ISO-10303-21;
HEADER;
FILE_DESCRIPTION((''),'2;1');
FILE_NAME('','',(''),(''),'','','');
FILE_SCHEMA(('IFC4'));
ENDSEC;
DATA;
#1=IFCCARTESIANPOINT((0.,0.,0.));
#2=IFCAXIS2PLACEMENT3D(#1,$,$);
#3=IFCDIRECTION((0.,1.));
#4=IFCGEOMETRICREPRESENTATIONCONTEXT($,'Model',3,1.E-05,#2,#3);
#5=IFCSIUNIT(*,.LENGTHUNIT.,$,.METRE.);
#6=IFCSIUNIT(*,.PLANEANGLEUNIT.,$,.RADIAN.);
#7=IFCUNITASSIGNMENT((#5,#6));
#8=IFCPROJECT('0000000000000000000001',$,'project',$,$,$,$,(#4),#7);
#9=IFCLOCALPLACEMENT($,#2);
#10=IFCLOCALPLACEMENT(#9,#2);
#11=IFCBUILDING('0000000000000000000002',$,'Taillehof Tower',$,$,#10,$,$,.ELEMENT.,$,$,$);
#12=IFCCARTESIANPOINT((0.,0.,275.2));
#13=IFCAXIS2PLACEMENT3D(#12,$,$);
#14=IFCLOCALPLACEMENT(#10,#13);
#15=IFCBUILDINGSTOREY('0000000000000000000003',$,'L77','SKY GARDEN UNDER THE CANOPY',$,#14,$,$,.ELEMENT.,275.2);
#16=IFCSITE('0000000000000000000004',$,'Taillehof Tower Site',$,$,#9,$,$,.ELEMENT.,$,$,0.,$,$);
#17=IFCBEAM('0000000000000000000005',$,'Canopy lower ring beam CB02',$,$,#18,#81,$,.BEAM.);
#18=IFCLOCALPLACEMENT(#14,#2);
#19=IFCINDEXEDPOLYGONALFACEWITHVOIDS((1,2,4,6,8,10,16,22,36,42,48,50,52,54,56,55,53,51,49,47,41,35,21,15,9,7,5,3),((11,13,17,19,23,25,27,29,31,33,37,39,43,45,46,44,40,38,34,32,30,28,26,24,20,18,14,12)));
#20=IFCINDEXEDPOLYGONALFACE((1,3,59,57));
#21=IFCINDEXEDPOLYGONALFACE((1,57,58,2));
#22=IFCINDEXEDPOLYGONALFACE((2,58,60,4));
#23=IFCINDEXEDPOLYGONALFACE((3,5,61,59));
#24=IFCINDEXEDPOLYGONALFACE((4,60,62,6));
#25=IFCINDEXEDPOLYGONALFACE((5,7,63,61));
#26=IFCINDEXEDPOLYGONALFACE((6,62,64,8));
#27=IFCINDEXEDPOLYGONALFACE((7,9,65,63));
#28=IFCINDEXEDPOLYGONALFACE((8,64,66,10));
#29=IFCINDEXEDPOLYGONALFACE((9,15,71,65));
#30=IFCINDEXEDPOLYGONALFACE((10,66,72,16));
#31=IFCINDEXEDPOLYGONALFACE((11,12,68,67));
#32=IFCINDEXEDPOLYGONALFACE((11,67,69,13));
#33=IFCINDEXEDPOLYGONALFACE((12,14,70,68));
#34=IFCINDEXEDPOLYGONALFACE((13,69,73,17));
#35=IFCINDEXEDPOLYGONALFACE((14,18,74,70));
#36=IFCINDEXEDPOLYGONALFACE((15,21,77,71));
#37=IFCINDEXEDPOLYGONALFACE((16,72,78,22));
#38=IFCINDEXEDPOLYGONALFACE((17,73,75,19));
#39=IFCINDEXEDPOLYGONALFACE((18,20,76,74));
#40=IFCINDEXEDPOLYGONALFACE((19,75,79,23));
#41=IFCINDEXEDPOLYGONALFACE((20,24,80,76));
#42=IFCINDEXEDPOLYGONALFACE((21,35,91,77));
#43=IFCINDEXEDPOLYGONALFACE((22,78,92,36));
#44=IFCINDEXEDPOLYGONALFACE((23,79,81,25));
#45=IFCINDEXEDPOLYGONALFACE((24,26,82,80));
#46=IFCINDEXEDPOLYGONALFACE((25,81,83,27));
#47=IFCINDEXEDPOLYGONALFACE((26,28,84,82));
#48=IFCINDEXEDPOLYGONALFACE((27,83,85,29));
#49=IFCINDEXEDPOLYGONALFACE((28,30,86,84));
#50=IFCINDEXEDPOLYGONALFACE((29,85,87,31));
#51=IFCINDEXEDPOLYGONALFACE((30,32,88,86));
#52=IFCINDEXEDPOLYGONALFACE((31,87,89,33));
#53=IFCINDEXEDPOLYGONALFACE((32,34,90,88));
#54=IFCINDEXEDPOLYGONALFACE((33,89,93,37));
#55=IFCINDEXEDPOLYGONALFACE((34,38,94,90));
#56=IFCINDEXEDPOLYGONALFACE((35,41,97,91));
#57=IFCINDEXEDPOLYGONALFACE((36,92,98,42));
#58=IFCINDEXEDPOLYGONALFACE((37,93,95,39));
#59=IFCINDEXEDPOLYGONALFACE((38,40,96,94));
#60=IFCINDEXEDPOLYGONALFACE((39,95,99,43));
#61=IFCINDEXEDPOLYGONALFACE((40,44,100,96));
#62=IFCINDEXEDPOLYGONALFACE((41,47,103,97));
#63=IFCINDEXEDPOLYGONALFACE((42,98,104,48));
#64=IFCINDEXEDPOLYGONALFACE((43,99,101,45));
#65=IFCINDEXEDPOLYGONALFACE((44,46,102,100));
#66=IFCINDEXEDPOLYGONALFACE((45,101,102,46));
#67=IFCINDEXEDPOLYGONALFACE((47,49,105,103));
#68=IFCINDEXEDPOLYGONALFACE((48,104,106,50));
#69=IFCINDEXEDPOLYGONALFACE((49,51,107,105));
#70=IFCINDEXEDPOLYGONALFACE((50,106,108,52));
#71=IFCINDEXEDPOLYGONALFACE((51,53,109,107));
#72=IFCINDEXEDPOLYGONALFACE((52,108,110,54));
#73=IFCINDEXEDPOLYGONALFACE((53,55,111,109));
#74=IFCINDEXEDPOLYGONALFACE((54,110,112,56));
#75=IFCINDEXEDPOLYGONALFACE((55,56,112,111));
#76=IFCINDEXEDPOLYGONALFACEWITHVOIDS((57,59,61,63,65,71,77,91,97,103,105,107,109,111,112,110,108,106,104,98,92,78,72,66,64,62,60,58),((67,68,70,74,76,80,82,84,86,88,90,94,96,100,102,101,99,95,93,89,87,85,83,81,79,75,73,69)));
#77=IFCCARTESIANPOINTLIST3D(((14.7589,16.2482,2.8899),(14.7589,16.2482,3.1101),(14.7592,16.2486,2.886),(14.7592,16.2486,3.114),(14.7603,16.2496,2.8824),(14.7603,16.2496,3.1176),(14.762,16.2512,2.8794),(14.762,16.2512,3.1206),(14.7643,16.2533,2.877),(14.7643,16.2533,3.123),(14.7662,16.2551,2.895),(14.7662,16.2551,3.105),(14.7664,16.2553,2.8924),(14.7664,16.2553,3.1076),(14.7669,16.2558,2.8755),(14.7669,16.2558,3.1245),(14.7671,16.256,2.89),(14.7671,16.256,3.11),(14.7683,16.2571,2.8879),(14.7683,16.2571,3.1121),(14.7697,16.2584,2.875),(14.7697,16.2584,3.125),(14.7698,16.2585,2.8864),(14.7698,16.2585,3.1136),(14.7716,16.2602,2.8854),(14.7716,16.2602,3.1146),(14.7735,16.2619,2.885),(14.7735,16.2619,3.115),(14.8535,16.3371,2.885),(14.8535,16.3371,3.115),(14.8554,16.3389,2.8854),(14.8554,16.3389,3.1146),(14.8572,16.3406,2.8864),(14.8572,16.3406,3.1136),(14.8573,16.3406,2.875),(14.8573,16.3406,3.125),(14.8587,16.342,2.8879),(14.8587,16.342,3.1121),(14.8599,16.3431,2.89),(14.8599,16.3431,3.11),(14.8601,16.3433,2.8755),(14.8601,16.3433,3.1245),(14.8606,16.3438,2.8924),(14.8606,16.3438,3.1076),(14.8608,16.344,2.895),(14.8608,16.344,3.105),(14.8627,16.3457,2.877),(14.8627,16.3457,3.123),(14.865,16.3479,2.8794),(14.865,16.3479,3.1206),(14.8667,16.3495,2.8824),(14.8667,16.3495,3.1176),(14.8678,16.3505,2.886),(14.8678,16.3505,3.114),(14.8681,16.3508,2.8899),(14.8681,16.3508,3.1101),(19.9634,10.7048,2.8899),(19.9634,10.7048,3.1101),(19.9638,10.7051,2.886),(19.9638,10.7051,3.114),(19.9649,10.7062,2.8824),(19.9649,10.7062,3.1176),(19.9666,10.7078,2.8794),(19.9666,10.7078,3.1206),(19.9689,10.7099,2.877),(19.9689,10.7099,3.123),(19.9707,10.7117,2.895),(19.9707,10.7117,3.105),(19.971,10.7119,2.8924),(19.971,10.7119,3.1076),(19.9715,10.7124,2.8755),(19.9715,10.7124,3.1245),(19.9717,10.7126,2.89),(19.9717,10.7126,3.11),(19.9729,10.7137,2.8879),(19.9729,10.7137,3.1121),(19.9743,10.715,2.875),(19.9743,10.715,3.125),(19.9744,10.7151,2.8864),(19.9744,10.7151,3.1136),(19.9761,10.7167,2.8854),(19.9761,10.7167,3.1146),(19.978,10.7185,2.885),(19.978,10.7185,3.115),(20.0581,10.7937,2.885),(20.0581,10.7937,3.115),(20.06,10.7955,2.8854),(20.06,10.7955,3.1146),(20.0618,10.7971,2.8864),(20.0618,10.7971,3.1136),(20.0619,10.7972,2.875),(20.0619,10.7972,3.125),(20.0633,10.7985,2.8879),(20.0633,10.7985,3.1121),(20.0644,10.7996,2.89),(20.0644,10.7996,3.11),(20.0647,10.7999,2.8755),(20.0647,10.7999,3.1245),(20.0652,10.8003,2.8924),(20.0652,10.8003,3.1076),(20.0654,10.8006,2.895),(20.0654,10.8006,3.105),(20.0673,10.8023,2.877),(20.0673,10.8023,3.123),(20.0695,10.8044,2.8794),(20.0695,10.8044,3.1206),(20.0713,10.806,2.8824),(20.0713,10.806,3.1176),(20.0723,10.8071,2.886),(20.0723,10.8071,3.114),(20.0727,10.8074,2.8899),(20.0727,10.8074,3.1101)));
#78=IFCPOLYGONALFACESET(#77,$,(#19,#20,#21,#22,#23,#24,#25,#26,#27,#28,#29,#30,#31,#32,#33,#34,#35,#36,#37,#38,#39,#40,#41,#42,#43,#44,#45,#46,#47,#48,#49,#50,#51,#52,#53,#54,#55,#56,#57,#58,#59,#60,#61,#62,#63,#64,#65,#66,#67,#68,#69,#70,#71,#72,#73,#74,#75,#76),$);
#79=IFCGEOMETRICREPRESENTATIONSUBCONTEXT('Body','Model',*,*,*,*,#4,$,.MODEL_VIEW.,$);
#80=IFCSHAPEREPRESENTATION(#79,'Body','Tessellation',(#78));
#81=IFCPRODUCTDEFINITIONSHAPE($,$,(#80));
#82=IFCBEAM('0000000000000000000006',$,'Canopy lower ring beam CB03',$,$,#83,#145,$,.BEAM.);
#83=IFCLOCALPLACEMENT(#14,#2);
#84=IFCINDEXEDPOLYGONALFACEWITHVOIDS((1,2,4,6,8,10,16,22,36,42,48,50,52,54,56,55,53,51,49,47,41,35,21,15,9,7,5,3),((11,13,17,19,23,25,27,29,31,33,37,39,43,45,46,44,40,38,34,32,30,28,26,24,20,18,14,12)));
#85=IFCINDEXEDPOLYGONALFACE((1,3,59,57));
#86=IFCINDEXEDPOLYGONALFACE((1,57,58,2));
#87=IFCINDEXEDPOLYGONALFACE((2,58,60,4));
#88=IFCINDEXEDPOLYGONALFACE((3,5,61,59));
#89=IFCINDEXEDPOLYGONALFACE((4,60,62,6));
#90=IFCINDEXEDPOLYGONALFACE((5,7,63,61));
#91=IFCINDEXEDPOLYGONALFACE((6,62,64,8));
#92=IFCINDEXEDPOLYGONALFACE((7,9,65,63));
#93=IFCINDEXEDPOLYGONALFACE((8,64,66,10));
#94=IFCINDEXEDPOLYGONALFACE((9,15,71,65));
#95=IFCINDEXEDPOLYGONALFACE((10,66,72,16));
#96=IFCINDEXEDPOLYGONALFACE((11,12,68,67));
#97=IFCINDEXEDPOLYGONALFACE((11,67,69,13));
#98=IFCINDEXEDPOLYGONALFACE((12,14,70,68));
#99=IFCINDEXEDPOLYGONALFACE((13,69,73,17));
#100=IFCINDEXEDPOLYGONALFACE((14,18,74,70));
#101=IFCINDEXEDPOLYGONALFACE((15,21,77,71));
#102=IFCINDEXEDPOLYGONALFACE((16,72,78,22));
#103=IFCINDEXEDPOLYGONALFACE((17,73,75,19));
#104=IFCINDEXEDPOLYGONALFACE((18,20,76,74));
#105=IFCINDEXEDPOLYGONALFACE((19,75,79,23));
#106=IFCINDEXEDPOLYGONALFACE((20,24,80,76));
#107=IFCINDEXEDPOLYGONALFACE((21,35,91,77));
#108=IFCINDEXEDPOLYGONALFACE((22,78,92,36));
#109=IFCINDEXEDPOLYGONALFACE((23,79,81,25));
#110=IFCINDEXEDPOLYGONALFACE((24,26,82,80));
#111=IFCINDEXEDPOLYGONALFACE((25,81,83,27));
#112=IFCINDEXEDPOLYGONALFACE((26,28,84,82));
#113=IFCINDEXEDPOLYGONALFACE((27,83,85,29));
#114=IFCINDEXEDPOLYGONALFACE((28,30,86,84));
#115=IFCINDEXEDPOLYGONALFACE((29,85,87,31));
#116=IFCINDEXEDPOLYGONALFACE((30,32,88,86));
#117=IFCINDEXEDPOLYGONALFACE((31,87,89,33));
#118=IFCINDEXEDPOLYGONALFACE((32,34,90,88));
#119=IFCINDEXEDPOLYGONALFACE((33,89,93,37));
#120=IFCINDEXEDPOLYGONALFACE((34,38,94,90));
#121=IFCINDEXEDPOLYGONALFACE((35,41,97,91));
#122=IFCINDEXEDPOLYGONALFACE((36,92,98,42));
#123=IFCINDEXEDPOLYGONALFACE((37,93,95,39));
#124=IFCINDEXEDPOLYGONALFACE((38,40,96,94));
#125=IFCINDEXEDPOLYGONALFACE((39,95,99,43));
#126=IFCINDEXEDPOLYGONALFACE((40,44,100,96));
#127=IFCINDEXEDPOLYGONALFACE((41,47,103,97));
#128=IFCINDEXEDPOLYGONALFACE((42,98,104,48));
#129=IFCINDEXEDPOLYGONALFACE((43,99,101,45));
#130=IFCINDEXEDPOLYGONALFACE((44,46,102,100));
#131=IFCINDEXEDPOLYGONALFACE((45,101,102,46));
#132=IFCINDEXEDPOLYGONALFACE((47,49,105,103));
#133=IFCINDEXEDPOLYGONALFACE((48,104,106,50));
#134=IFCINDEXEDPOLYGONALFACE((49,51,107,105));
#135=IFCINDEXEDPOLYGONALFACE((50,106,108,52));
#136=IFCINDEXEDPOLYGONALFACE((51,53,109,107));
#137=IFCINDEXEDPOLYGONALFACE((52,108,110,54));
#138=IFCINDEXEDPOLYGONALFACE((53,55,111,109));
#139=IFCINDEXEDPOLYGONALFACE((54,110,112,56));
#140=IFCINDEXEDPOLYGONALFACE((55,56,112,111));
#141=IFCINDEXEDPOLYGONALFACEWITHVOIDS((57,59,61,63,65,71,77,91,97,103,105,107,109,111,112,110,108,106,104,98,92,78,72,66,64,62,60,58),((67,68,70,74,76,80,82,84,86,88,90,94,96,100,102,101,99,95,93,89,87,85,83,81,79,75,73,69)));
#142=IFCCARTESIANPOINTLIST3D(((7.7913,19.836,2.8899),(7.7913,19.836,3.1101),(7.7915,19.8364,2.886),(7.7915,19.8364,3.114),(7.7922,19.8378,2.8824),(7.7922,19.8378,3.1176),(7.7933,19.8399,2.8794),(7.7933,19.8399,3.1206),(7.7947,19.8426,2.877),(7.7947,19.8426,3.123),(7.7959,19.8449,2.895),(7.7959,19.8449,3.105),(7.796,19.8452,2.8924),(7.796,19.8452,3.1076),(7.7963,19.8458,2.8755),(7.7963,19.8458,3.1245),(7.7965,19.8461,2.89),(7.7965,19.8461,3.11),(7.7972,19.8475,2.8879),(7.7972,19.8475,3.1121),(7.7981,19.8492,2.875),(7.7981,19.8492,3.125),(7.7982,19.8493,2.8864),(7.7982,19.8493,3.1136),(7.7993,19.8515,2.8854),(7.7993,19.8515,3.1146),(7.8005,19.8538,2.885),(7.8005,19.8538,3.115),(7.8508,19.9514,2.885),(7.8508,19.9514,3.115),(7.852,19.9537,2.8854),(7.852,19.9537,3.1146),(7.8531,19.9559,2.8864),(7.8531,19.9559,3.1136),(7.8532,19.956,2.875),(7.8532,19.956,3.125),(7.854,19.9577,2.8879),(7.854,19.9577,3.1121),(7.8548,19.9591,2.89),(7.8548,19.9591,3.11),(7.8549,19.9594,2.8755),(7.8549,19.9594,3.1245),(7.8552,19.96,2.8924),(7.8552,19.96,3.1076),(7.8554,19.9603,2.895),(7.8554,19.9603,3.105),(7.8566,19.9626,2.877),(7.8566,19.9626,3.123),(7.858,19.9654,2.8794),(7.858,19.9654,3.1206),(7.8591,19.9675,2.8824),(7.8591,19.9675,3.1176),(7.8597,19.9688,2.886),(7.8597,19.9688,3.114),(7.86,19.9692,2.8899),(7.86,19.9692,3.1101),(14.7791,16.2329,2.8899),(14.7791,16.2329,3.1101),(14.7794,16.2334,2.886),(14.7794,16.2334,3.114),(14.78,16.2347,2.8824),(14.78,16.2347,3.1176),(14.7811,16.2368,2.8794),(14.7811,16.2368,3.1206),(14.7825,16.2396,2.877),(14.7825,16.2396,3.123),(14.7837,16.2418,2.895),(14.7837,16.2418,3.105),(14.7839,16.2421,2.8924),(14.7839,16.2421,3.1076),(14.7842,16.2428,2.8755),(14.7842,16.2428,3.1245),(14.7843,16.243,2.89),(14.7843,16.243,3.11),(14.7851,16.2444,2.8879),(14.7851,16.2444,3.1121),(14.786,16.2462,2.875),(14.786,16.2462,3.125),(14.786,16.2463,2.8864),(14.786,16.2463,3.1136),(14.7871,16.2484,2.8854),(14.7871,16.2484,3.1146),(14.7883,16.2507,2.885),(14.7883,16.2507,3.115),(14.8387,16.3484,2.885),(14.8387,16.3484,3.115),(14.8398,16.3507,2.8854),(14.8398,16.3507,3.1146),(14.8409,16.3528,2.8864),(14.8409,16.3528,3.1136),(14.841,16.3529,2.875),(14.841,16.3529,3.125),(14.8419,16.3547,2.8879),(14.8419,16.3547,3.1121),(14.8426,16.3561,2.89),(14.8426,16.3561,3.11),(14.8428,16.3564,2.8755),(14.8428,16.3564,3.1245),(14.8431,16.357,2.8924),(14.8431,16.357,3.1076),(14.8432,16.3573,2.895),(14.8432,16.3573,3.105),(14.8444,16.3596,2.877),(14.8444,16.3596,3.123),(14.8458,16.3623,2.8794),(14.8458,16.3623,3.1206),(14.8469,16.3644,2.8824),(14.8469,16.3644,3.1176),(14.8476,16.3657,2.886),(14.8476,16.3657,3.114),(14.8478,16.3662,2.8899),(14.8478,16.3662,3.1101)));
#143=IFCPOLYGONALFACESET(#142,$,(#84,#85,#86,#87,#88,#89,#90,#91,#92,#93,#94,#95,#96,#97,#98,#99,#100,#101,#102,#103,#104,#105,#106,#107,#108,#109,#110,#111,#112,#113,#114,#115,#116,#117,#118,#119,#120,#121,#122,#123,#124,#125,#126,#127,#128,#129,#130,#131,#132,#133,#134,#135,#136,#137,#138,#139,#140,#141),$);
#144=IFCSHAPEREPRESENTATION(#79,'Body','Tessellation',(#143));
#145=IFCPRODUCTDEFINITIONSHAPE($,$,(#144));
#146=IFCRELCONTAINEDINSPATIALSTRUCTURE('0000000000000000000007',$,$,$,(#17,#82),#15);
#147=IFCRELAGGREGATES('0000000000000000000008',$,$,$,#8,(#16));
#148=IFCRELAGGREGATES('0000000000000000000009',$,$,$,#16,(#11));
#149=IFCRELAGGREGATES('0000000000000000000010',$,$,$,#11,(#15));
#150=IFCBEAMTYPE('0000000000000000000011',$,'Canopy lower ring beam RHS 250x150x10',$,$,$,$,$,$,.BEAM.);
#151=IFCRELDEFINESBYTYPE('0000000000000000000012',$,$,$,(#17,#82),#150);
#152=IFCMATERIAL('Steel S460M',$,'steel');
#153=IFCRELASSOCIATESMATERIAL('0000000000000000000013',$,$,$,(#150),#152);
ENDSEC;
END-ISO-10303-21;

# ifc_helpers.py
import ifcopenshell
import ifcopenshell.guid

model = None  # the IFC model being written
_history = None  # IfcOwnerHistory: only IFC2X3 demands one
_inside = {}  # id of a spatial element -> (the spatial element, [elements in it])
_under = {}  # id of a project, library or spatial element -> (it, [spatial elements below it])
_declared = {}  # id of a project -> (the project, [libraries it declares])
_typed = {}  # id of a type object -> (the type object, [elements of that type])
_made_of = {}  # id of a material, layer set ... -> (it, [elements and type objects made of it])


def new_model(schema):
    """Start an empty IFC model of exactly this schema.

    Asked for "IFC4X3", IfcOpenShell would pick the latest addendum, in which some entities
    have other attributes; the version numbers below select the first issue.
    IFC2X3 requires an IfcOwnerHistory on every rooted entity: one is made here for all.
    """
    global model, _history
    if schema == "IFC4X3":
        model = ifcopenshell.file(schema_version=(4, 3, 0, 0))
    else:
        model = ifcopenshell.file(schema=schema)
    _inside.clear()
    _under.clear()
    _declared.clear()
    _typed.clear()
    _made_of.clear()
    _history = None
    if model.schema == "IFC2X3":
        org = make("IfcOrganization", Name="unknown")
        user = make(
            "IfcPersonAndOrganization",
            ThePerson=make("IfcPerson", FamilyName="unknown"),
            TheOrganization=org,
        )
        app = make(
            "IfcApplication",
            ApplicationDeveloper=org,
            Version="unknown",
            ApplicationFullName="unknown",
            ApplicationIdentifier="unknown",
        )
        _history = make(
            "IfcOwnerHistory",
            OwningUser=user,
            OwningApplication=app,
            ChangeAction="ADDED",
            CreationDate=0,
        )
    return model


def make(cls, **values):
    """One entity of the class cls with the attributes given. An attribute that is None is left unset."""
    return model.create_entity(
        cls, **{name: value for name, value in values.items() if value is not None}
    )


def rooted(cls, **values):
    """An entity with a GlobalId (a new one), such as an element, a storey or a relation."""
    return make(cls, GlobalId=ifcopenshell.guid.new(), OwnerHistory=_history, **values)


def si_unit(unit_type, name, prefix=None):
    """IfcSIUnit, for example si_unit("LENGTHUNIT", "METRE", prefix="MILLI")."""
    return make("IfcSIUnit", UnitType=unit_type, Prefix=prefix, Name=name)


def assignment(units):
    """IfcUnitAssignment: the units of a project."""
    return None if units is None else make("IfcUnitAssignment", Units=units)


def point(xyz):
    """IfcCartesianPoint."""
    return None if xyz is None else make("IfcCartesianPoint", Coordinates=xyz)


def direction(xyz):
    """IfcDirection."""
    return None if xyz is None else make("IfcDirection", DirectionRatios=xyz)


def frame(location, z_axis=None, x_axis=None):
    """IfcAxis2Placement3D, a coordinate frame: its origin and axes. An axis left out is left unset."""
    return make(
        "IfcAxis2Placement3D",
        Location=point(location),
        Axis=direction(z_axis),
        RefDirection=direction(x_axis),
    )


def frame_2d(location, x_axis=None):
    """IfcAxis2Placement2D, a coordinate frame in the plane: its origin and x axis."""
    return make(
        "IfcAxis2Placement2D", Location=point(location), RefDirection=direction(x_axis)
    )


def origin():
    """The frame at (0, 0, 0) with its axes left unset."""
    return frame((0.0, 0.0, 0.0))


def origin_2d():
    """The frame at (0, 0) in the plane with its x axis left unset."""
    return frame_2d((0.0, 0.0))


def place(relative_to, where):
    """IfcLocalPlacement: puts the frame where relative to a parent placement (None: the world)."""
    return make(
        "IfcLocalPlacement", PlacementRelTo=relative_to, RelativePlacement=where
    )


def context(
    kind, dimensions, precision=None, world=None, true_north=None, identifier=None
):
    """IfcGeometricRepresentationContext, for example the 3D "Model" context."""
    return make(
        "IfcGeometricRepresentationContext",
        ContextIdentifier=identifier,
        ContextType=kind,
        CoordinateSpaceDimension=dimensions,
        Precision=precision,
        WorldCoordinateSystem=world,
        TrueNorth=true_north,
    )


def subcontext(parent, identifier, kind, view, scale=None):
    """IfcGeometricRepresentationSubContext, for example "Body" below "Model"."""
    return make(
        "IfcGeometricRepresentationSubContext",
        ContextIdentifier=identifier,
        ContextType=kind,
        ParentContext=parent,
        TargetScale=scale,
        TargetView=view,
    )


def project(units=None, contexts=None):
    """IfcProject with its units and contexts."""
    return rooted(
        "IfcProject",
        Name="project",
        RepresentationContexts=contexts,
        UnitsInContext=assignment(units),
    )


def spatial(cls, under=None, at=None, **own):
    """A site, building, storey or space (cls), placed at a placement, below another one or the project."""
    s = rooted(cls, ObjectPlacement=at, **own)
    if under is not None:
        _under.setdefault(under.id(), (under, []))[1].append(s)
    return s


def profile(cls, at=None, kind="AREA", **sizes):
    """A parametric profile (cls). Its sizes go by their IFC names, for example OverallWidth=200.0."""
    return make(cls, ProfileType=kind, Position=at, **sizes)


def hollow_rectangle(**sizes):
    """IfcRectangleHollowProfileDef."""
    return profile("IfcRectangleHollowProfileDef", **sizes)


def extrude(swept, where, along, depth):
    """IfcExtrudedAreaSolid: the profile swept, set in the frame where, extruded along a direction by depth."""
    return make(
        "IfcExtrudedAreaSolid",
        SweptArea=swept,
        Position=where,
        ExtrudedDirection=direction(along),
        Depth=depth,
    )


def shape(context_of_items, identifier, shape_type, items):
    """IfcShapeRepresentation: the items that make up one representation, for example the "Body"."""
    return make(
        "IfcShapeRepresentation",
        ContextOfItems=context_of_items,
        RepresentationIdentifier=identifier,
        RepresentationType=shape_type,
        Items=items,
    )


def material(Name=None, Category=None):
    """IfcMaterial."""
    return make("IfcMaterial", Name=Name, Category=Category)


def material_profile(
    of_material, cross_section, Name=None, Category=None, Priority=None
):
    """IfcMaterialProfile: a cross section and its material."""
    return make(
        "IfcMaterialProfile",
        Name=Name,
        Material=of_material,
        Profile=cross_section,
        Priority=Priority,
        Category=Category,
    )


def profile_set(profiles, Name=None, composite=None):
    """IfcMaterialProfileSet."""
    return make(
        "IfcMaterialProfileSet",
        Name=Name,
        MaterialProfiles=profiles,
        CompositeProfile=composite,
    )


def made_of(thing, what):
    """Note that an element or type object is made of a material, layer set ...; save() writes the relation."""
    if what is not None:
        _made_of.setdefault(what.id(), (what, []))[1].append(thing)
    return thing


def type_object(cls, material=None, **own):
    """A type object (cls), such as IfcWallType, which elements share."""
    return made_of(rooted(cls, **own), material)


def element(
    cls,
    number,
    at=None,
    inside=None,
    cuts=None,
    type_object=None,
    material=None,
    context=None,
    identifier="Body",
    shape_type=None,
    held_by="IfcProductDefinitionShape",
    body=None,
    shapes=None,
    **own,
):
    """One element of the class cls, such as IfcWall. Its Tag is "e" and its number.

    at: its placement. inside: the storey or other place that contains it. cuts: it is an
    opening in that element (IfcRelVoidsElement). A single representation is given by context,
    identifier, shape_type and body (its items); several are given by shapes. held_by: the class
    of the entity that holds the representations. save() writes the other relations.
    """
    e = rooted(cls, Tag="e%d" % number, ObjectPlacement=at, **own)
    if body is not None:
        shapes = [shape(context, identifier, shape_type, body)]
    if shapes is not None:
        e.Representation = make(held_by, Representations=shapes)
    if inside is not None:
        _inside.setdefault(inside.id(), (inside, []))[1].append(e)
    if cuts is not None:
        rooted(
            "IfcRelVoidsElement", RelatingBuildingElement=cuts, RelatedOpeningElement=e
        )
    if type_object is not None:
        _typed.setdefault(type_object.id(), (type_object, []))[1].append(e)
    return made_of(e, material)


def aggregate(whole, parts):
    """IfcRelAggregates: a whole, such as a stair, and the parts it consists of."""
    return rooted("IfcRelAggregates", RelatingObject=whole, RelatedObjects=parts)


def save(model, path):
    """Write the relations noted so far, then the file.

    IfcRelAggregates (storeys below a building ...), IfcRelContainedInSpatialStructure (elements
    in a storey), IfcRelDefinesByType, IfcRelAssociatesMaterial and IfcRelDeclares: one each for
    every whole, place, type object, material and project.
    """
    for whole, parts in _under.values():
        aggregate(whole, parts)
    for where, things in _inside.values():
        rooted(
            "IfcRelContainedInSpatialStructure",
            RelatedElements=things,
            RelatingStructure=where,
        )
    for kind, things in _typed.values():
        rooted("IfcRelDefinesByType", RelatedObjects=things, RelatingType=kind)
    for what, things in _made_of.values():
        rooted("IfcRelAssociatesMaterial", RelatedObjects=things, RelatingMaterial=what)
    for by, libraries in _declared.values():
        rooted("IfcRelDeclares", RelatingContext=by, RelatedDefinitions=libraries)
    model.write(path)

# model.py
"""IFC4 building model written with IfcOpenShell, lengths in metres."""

from ifc_helpers import new_model, si_unit, direction, frame, origin, origin_2d, place, context, subcontext, project, spatial, hollow_rectangle, extrude, material, material_profile, profile_set, type_object, element, save


model = new_model("IFC4")

# Units and contexts
model_context = context("Model", 3, precision=1e-05, world=origin(), true_north=direction((0.0, 1.0)))
body_context = subcontext(model_context, "Body", "Model", "MODEL_VIEW")
ifc_project = project(units=[si_unit("LENGTHUNIT", "METRE"), si_unit("PLANEANGLEUNIT", "RADIAN")], contexts=[model_context])

# Site, building, storey
site_placement = place(None, origin())
site = spatial("IfcSite", under=ifc_project, at=site_placement, Name="Taillehof Tower Site", CompositionType="ELEMENT", RefElevation=0.0)
building_placement = place(site_placement, origin())
building = spatial("IfcBuilding", under=site, at=building_placement, Name="Taillehof Tower", CompositionType="ELEMENT")
storey_placement = place(building_placement, frame((0.0, 0.0, 275.2)))
storey = spatial("IfcBuildingStorey", under=building, at=storey_placement, Name="L77", Description="SKY GARDEN UNDER THE CANOPY", CompositionType="ELEMENT", Elevation=275.2)

# Beams
ifc_material_1 = material(Name="Steel S460M", Category="steel")
ifc_material_profile_1 = material_profile(ifc_material_1, hollow_rectangle(XDim=0.1499, YDim=0.25, WallThickness=0.01, InnerFilletRadius=0.01, OuterFilletRadius=0.0149, at=origin_2d()), Name="RHS 250x150x10")
ifc_profile_set_1 = profile_set([ifc_material_profile_1], Name="Steel S460M")
beam_type_1 = type_object("IfcBeamType", Name="Canopy lower ring beam RHS 250x150x10", PredefinedType="BEAM", material=ifc_profile_set_1)
beam_1_placement = place(storey_placement, frame((20.0181, 10.7561, 3.0), z_axis=(-0.684473, 0.729038, 0.0), x_axis=(-0.729038, -0.684473, 0.0)))
element("IfcBeam", 1, at=beam_1_placement, inside=storey, type_object=beam_type_1, Name="Canopy lower ring beam CB02", PredefinedType="BEAM", context=body_context, shape_type="SweptSolid", body=[
    extrude(hollow_rectangle(XDim=0.1499, YDim=0.25, WallThickness=0.01, InnerFilletRadius=0.01, OuterFilletRadius=0.0149, at=origin_2d()), origin(), (0.0, 0.0, 1.0), 7.6038),
])
beam_2_placement = place(storey_placement, frame((14.8135, 16.2996, 3.0), z_axis=(-0.888806, 0.458284, 0.0), x_axis=(-0.458284, -0.888806, 0.0)))
element("IfcBeam", 2, at=beam_2_placement, inside=storey, type_object=beam_type_1, Name="Canopy lower ring beam CB03", PredefinedType="BEAM", context=body_context, shape_type="SweptSolid", body=[
    extrude(hollow_rectangle(XDim=0.1499, YDim=0.25, WallThickness=0.01, InnerFilletRadius=0.01, OuterFilletRadius=0.0149, at=origin_2d()), origin(), (0.0, 0.0, 1.0), 7.8621),
])

save(model, "model.ifc")
